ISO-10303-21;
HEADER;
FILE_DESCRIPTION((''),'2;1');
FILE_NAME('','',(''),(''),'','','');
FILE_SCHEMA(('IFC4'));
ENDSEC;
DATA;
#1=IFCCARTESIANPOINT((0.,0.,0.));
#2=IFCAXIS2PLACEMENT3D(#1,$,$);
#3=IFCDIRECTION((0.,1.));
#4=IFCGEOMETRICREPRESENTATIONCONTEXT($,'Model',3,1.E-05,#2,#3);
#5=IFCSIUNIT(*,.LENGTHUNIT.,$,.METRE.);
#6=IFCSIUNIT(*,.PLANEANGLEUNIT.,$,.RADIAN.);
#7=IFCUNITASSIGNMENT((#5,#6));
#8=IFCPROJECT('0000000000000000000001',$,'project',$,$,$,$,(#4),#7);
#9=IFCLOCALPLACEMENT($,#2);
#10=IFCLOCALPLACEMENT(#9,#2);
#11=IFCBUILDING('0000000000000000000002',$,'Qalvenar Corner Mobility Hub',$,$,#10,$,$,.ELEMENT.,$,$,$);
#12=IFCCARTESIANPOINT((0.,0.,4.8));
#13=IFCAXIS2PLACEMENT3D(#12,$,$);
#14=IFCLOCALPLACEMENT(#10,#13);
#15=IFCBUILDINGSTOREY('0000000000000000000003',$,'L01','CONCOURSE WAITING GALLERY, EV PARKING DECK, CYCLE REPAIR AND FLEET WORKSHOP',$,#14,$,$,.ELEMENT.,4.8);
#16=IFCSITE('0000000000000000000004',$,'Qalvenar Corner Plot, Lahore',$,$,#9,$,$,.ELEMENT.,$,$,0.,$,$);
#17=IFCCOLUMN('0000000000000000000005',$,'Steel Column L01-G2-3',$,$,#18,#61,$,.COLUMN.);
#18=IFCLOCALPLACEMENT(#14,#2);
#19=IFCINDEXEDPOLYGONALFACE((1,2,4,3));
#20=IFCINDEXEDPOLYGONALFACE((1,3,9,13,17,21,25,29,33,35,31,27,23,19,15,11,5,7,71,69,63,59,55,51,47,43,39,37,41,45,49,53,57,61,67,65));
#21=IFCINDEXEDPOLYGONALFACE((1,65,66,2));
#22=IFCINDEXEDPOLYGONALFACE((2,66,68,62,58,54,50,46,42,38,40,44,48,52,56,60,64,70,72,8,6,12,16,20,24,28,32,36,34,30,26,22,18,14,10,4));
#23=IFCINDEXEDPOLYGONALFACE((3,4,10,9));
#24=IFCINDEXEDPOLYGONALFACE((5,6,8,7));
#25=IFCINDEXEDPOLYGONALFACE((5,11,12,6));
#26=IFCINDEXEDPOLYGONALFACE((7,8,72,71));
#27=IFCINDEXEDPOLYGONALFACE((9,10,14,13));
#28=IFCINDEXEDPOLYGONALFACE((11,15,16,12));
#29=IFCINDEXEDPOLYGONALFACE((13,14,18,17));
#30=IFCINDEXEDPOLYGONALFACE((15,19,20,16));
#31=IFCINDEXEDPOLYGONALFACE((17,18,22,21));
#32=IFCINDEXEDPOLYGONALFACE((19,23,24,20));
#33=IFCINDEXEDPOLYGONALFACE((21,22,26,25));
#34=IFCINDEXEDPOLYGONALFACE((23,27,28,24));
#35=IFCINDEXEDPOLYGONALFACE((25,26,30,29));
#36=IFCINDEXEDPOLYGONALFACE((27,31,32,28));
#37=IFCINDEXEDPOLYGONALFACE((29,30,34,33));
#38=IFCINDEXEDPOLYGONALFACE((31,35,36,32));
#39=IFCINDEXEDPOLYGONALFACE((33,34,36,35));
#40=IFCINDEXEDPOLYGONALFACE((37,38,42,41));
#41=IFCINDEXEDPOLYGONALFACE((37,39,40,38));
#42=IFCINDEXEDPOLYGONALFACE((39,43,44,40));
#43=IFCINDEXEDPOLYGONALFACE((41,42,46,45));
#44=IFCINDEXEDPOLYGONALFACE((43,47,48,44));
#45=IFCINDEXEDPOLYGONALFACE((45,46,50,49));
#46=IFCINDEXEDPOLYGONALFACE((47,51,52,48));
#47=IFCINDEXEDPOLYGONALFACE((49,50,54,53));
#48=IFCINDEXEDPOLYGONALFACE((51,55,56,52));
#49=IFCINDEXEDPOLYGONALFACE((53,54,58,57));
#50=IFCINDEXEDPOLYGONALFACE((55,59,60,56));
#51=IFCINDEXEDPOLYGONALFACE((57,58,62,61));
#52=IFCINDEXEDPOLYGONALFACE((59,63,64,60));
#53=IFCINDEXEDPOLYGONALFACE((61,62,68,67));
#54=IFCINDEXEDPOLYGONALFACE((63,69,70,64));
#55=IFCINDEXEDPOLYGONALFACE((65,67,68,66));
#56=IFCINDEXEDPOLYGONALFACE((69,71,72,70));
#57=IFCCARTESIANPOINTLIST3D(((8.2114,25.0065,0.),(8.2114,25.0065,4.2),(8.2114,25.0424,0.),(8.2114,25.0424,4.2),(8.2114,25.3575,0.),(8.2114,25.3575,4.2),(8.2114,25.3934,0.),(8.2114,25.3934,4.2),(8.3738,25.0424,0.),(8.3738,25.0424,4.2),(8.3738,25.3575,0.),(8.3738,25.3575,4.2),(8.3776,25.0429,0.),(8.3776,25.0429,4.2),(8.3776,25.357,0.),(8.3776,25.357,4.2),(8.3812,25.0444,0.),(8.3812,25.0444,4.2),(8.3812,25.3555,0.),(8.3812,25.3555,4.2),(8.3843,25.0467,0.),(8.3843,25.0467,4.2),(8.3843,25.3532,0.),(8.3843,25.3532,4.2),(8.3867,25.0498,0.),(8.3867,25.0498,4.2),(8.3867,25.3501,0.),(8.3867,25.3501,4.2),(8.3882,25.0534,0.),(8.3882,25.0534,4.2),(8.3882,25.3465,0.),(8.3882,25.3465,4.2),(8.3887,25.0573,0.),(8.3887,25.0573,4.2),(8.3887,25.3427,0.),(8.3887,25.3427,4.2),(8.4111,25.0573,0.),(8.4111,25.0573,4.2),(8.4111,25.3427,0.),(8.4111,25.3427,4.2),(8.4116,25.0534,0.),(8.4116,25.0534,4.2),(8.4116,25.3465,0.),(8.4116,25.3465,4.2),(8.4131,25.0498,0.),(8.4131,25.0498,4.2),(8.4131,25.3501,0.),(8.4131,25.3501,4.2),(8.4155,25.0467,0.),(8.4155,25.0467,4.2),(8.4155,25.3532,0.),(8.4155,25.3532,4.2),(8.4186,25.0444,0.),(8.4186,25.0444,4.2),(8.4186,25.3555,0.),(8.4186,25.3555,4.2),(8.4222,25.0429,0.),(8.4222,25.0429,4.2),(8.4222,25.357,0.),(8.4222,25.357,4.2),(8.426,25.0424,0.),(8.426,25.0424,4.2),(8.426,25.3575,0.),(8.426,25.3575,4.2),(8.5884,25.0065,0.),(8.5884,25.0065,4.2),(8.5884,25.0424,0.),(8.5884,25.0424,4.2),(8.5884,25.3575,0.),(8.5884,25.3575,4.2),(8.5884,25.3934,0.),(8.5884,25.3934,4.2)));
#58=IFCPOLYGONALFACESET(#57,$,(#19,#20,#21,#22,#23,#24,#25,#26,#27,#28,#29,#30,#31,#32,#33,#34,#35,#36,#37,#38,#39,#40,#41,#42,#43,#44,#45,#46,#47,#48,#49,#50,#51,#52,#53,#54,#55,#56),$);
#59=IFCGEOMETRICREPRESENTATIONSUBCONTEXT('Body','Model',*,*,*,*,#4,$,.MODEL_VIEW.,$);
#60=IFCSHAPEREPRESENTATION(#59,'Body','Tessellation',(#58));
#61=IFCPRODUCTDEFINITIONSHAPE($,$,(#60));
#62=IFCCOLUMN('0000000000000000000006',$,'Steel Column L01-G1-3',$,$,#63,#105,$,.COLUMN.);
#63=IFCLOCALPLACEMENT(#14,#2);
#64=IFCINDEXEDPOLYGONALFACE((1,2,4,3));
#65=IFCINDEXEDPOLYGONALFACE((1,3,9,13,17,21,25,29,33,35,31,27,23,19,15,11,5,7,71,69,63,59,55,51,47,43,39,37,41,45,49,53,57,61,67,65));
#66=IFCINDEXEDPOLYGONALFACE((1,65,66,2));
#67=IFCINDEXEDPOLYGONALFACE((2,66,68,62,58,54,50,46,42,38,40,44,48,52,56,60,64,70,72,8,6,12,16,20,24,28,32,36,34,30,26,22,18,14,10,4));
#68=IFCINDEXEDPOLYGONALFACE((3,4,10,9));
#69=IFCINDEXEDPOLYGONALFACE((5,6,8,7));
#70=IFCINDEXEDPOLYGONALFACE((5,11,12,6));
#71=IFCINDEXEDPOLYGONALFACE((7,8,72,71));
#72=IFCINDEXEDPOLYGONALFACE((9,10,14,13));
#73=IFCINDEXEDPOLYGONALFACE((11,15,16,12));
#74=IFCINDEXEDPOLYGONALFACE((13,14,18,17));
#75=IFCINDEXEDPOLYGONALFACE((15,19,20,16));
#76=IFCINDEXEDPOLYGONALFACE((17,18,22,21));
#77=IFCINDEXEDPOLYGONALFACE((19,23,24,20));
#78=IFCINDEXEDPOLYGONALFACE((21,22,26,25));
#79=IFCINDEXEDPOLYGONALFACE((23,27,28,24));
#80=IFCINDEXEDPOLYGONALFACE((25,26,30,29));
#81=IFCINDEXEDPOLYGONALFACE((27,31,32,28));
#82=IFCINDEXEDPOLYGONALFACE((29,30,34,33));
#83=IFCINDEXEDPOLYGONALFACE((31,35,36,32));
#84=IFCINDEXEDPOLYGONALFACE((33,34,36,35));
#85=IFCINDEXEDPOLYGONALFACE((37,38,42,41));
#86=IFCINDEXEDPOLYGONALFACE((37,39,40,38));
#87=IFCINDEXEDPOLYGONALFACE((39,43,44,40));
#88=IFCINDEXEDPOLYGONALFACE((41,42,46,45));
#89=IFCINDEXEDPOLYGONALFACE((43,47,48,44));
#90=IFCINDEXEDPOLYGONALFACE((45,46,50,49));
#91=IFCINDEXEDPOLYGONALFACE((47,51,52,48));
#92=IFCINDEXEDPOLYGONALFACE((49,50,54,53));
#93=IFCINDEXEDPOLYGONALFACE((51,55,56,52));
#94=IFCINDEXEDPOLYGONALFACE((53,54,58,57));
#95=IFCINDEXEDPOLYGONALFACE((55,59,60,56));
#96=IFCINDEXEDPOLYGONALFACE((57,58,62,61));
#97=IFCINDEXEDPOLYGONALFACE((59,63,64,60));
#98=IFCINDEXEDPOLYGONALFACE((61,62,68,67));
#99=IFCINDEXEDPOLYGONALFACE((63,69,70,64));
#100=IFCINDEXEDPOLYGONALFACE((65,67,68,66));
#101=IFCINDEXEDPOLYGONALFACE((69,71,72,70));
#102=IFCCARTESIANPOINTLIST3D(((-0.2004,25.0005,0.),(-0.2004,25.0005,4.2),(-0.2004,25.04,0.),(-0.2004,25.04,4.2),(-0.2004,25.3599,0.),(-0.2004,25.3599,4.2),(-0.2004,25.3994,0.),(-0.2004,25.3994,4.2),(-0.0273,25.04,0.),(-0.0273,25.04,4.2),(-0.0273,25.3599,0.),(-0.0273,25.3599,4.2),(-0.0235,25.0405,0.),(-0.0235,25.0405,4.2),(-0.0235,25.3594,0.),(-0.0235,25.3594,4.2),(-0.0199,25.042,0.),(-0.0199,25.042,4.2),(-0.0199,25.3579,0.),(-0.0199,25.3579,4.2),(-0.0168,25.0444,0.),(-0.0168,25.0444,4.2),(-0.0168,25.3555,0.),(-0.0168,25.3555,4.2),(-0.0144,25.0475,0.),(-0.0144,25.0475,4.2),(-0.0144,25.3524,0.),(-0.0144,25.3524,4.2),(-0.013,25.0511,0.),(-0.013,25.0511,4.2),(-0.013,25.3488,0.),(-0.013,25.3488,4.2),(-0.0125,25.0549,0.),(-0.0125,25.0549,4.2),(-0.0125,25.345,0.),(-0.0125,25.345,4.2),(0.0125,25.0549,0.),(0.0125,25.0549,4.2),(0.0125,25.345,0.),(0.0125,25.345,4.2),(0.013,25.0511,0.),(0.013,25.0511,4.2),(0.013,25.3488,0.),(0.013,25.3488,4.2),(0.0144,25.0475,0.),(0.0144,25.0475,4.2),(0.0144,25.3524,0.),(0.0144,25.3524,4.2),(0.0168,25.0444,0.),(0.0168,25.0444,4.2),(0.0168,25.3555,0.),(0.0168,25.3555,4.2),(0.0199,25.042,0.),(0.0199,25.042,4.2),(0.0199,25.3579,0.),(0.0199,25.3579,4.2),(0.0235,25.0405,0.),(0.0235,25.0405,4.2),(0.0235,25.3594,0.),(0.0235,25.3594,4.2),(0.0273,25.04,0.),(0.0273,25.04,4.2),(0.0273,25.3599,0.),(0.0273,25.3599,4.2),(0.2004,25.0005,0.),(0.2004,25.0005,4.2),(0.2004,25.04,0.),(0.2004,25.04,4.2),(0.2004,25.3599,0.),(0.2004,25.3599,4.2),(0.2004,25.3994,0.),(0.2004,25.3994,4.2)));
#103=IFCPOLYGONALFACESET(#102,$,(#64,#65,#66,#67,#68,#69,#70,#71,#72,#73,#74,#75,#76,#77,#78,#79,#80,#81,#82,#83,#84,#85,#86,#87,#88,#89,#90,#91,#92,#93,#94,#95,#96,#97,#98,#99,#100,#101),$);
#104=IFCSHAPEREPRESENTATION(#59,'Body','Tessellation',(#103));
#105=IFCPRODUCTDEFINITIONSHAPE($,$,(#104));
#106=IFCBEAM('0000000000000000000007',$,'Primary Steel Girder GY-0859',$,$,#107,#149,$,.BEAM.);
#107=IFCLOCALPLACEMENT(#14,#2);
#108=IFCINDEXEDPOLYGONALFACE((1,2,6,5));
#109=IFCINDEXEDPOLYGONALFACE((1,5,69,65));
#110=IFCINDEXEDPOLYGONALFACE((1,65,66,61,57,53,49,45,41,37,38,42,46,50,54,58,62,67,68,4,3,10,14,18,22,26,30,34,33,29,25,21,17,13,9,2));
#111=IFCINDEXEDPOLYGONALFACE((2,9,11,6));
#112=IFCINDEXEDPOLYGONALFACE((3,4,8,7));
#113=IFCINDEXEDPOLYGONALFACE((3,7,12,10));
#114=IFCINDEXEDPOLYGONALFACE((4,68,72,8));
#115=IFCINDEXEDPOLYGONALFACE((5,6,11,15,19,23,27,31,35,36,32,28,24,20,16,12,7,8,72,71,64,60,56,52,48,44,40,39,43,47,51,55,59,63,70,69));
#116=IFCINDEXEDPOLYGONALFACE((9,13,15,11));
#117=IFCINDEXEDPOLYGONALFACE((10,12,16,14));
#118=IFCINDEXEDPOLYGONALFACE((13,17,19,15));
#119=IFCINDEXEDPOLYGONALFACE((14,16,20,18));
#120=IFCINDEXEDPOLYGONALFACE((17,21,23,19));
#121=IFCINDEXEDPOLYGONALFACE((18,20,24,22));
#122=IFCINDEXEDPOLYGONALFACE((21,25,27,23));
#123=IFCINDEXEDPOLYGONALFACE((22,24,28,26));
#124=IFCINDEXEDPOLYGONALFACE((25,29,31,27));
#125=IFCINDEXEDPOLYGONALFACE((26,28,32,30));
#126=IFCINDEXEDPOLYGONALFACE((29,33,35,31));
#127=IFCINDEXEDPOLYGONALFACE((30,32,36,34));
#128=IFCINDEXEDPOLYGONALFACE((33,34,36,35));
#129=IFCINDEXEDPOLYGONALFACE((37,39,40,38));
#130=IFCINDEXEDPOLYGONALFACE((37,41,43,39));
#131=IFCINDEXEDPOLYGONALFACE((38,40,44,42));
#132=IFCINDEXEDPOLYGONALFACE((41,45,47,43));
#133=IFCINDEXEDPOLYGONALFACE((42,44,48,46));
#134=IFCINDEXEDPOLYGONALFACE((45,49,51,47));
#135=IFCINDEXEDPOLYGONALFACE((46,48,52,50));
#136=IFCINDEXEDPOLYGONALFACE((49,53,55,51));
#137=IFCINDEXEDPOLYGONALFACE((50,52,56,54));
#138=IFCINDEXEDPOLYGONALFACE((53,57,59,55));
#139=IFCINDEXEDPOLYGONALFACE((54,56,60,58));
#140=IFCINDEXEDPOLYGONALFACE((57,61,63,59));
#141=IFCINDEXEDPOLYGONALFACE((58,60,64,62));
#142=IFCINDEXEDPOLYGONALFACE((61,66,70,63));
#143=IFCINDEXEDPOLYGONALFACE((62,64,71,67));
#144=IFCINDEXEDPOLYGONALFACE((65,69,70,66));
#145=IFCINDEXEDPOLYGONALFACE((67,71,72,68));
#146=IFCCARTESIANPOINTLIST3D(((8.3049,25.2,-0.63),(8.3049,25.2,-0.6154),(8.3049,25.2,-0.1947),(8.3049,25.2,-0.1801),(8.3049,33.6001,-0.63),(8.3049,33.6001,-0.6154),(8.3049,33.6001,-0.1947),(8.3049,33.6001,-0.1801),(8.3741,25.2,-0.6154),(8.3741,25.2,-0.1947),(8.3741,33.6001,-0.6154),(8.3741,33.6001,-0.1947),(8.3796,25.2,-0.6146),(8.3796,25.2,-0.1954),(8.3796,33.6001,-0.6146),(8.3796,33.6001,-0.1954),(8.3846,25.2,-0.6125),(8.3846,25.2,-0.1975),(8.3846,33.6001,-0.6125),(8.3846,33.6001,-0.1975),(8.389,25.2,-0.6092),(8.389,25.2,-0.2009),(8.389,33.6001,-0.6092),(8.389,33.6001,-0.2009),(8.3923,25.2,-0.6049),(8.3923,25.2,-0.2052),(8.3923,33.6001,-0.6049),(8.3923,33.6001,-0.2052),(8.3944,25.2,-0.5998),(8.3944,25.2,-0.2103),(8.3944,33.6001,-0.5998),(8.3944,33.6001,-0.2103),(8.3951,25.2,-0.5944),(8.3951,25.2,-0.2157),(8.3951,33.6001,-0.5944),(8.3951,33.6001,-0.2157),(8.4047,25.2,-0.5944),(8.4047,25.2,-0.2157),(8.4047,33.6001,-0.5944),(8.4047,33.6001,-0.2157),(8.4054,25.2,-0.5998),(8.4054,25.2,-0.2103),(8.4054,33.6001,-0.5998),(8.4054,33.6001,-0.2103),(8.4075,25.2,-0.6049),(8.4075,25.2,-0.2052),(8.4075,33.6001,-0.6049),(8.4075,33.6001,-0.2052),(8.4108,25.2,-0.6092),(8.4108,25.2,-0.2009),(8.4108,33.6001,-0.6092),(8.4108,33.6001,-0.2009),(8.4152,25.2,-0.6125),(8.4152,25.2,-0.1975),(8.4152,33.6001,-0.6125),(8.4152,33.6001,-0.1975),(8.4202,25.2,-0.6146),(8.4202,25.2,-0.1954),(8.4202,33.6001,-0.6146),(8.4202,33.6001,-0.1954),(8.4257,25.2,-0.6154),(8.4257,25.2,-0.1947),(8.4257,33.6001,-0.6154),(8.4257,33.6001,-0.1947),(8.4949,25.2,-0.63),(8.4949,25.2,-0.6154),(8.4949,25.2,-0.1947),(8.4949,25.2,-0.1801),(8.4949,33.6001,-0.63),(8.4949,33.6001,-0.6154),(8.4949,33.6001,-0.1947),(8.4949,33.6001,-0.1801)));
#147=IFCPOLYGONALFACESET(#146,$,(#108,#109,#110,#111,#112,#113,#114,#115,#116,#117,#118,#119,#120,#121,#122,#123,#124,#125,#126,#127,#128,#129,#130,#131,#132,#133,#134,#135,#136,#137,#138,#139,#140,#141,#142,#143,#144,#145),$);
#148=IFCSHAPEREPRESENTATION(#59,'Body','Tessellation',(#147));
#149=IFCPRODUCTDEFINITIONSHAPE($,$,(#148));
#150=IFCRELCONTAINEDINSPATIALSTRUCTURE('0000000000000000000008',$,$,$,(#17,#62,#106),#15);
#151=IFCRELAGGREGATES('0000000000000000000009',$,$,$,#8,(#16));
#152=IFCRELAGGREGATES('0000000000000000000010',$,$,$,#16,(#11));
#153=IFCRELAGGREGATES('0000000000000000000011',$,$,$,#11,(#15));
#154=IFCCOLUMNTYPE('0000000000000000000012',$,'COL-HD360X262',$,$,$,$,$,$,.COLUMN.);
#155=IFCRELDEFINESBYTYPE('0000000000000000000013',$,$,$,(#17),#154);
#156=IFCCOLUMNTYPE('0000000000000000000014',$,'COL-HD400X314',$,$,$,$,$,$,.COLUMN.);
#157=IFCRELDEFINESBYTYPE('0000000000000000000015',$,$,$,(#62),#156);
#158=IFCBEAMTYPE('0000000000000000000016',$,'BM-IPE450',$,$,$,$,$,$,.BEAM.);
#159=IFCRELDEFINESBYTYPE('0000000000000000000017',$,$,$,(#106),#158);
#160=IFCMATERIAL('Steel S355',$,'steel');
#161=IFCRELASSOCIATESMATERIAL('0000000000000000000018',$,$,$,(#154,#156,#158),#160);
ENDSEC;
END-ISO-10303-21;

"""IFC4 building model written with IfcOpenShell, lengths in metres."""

from ifc_helpers import new_model, si_unit, direction, frame, origin, origin_2d, place, context, subcontext, project, spatial, i_section, extrude, material, material_profile, profile_set, type_object, element, save


model = new_model("IFC4")

# Units and contexts
model_context = context("Model", 3, precision=1e-05, world=origin(), true_north=direction((0.0, 1.0)))
body_context = subcontext(model_context, "Body", "Model", "MODEL_VIEW")
ifc_project = project(units=[si_unit("LENGTHUNIT", "METRE"), si_unit("PLANEANGLEUNIT", "RADIAN")], contexts=[model_context])

# Site, building, storey
site_placement = place(None, origin())
site = spatial("IfcSite", under=ifc_project, at=site_placement, Name="Qalvenar Corner Plot, Lahore", CompositionType="ELEMENT", RefElevation=0.0)
building_placement = place(site_placement, origin())
building = spatial("IfcBuilding", under=site, at=building_placement, Name="Qalvenar Corner Mobility Hub", CompositionType="ELEMENT")
storey_placement = place(building_placement, frame((0.0, 0.0, 4.8)))
storey = spatial("IfcBuildingStorey", under=building, at=storey_placement, Name="L01", Description="CONCOURSE WAITING GALLERY, EV PARKING DECK, CYCLE REPAIR AND FLEET WORKSHOP", CompositionType="ELEMENT", Elevation=4.8)

# Columns
ifc_material_1 = material(Name="Steel S355", Category="steel")
ifc_material_profile_1 = material_profile(ifc_material_1, i_section(OverallWidth=0.377, OverallDepth=0.387, WebThickness=0.0225, FlangeThickness=0.0359, FilletRadius=0.0149, at=origin_2d()), Name="HD360x262")
ifc_profile_set_1 = profile_set([ifc_material_profile_1], Name="Steel S355")
column_type_1 = type_object("IfcColumnType", Name="COL-HD360X262", PredefinedType="COLUMN", material=ifc_profile_set_1)
column_1_placement = place(storey_placement, frame((8.3999, 25.2, 0.0), z_axis=(0.0, 0.0, 1.0), x_axis=(1.0, 0.0, 0.0)))
element("IfcColumn", 1, at=column_1_placement, inside=storey, type_object=column_type_1, Name="Steel Column L01-G2-3", PredefinedType="COLUMN", context=body_context, shape_type="SweptSolid", body=[
    extrude(i_section(OverallWidth=0.377, OverallDepth=0.387, WebThickness=0.0225, FlangeThickness=0.0359, FilletRadius=0.0149, at=origin_2d()), origin(), (0.0, 0.0, 1.0), 4.2),
])
ifc_material_profile_2 = material_profile(ifc_material_1, i_section(OverallWidth=0.4009, OverallDepth=0.3989, WebThickness=0.0249, FlangeThickness=0.0396, FilletRadius=0.0149, at=origin_2d()), Name="HD400x314")
ifc_profile_set_2 = profile_set([ifc_material_profile_2], Name="Steel S355")
column_type_2 = type_object("IfcColumnType", Name="COL-HD400X314", PredefinedType="COLUMN", material=ifc_profile_set_2)
column_2_placement = place(storey_placement, frame((0.0, 25.2, 0.0), z_axis=(0.0, 0.0, 1.0), x_axis=(1.0, 0.0, 0.0)))
element("IfcColumn", 2, at=column_2_placement, inside=storey, type_object=column_type_2, Name="Steel Column L01-G1-3", PredefinedType="COLUMN", context=body_context, shape_type="SweptSolid", body=[
    extrude(i_section(OverallWidth=0.4009, OverallDepth=0.3989, WebThickness=0.0249, FlangeThickness=0.0396, FilletRadius=0.0149, at=origin_2d()), origin(), (0.0, 0.0, 1.0), 4.2),
])

# Beam
ifc_material_profile_3 = material_profile(ifc_material_1, i_section(OverallWidth=0.1899, OverallDepth=0.45, WebThickness=0.0095, FlangeThickness=0.0146, FilletRadius=0.021, at=origin_2d()), Name="IPE450")
ifc_profile_set_3 = profile_set([ifc_material_profile_3], Name="Steel S355")
beam_type_1 = type_object("IfcBeamType", Name="BM-IPE450", PredefinedType="BEAM", material=ifc_profile_set_3)
beam_1_placement = place(storey_placement, frame((8.3999, 25.2, -0.405), z_axis=(0.0, 1.0, 0.0), x_axis=(-1.0, 0.0, 0.0)))
element("IfcBeam", 3, at=beam_1_placement, inside=storey, type_object=beam_type_1, Name="Primary Steel Girder GY-0859", PredefinedType="BEAM", context=body_context, shape_type="SweptSolid", body=[
    extrude(i_section(OverallWidth=0.1899, OverallDepth=0.45, WebThickness=0.0095, FlangeThickness=0.0146, FilletRadius=0.021, at=origin_2d()), origin(), (0.0, 0.0, 1.0), 8.4001),
])

save(model, "model.ifc")
